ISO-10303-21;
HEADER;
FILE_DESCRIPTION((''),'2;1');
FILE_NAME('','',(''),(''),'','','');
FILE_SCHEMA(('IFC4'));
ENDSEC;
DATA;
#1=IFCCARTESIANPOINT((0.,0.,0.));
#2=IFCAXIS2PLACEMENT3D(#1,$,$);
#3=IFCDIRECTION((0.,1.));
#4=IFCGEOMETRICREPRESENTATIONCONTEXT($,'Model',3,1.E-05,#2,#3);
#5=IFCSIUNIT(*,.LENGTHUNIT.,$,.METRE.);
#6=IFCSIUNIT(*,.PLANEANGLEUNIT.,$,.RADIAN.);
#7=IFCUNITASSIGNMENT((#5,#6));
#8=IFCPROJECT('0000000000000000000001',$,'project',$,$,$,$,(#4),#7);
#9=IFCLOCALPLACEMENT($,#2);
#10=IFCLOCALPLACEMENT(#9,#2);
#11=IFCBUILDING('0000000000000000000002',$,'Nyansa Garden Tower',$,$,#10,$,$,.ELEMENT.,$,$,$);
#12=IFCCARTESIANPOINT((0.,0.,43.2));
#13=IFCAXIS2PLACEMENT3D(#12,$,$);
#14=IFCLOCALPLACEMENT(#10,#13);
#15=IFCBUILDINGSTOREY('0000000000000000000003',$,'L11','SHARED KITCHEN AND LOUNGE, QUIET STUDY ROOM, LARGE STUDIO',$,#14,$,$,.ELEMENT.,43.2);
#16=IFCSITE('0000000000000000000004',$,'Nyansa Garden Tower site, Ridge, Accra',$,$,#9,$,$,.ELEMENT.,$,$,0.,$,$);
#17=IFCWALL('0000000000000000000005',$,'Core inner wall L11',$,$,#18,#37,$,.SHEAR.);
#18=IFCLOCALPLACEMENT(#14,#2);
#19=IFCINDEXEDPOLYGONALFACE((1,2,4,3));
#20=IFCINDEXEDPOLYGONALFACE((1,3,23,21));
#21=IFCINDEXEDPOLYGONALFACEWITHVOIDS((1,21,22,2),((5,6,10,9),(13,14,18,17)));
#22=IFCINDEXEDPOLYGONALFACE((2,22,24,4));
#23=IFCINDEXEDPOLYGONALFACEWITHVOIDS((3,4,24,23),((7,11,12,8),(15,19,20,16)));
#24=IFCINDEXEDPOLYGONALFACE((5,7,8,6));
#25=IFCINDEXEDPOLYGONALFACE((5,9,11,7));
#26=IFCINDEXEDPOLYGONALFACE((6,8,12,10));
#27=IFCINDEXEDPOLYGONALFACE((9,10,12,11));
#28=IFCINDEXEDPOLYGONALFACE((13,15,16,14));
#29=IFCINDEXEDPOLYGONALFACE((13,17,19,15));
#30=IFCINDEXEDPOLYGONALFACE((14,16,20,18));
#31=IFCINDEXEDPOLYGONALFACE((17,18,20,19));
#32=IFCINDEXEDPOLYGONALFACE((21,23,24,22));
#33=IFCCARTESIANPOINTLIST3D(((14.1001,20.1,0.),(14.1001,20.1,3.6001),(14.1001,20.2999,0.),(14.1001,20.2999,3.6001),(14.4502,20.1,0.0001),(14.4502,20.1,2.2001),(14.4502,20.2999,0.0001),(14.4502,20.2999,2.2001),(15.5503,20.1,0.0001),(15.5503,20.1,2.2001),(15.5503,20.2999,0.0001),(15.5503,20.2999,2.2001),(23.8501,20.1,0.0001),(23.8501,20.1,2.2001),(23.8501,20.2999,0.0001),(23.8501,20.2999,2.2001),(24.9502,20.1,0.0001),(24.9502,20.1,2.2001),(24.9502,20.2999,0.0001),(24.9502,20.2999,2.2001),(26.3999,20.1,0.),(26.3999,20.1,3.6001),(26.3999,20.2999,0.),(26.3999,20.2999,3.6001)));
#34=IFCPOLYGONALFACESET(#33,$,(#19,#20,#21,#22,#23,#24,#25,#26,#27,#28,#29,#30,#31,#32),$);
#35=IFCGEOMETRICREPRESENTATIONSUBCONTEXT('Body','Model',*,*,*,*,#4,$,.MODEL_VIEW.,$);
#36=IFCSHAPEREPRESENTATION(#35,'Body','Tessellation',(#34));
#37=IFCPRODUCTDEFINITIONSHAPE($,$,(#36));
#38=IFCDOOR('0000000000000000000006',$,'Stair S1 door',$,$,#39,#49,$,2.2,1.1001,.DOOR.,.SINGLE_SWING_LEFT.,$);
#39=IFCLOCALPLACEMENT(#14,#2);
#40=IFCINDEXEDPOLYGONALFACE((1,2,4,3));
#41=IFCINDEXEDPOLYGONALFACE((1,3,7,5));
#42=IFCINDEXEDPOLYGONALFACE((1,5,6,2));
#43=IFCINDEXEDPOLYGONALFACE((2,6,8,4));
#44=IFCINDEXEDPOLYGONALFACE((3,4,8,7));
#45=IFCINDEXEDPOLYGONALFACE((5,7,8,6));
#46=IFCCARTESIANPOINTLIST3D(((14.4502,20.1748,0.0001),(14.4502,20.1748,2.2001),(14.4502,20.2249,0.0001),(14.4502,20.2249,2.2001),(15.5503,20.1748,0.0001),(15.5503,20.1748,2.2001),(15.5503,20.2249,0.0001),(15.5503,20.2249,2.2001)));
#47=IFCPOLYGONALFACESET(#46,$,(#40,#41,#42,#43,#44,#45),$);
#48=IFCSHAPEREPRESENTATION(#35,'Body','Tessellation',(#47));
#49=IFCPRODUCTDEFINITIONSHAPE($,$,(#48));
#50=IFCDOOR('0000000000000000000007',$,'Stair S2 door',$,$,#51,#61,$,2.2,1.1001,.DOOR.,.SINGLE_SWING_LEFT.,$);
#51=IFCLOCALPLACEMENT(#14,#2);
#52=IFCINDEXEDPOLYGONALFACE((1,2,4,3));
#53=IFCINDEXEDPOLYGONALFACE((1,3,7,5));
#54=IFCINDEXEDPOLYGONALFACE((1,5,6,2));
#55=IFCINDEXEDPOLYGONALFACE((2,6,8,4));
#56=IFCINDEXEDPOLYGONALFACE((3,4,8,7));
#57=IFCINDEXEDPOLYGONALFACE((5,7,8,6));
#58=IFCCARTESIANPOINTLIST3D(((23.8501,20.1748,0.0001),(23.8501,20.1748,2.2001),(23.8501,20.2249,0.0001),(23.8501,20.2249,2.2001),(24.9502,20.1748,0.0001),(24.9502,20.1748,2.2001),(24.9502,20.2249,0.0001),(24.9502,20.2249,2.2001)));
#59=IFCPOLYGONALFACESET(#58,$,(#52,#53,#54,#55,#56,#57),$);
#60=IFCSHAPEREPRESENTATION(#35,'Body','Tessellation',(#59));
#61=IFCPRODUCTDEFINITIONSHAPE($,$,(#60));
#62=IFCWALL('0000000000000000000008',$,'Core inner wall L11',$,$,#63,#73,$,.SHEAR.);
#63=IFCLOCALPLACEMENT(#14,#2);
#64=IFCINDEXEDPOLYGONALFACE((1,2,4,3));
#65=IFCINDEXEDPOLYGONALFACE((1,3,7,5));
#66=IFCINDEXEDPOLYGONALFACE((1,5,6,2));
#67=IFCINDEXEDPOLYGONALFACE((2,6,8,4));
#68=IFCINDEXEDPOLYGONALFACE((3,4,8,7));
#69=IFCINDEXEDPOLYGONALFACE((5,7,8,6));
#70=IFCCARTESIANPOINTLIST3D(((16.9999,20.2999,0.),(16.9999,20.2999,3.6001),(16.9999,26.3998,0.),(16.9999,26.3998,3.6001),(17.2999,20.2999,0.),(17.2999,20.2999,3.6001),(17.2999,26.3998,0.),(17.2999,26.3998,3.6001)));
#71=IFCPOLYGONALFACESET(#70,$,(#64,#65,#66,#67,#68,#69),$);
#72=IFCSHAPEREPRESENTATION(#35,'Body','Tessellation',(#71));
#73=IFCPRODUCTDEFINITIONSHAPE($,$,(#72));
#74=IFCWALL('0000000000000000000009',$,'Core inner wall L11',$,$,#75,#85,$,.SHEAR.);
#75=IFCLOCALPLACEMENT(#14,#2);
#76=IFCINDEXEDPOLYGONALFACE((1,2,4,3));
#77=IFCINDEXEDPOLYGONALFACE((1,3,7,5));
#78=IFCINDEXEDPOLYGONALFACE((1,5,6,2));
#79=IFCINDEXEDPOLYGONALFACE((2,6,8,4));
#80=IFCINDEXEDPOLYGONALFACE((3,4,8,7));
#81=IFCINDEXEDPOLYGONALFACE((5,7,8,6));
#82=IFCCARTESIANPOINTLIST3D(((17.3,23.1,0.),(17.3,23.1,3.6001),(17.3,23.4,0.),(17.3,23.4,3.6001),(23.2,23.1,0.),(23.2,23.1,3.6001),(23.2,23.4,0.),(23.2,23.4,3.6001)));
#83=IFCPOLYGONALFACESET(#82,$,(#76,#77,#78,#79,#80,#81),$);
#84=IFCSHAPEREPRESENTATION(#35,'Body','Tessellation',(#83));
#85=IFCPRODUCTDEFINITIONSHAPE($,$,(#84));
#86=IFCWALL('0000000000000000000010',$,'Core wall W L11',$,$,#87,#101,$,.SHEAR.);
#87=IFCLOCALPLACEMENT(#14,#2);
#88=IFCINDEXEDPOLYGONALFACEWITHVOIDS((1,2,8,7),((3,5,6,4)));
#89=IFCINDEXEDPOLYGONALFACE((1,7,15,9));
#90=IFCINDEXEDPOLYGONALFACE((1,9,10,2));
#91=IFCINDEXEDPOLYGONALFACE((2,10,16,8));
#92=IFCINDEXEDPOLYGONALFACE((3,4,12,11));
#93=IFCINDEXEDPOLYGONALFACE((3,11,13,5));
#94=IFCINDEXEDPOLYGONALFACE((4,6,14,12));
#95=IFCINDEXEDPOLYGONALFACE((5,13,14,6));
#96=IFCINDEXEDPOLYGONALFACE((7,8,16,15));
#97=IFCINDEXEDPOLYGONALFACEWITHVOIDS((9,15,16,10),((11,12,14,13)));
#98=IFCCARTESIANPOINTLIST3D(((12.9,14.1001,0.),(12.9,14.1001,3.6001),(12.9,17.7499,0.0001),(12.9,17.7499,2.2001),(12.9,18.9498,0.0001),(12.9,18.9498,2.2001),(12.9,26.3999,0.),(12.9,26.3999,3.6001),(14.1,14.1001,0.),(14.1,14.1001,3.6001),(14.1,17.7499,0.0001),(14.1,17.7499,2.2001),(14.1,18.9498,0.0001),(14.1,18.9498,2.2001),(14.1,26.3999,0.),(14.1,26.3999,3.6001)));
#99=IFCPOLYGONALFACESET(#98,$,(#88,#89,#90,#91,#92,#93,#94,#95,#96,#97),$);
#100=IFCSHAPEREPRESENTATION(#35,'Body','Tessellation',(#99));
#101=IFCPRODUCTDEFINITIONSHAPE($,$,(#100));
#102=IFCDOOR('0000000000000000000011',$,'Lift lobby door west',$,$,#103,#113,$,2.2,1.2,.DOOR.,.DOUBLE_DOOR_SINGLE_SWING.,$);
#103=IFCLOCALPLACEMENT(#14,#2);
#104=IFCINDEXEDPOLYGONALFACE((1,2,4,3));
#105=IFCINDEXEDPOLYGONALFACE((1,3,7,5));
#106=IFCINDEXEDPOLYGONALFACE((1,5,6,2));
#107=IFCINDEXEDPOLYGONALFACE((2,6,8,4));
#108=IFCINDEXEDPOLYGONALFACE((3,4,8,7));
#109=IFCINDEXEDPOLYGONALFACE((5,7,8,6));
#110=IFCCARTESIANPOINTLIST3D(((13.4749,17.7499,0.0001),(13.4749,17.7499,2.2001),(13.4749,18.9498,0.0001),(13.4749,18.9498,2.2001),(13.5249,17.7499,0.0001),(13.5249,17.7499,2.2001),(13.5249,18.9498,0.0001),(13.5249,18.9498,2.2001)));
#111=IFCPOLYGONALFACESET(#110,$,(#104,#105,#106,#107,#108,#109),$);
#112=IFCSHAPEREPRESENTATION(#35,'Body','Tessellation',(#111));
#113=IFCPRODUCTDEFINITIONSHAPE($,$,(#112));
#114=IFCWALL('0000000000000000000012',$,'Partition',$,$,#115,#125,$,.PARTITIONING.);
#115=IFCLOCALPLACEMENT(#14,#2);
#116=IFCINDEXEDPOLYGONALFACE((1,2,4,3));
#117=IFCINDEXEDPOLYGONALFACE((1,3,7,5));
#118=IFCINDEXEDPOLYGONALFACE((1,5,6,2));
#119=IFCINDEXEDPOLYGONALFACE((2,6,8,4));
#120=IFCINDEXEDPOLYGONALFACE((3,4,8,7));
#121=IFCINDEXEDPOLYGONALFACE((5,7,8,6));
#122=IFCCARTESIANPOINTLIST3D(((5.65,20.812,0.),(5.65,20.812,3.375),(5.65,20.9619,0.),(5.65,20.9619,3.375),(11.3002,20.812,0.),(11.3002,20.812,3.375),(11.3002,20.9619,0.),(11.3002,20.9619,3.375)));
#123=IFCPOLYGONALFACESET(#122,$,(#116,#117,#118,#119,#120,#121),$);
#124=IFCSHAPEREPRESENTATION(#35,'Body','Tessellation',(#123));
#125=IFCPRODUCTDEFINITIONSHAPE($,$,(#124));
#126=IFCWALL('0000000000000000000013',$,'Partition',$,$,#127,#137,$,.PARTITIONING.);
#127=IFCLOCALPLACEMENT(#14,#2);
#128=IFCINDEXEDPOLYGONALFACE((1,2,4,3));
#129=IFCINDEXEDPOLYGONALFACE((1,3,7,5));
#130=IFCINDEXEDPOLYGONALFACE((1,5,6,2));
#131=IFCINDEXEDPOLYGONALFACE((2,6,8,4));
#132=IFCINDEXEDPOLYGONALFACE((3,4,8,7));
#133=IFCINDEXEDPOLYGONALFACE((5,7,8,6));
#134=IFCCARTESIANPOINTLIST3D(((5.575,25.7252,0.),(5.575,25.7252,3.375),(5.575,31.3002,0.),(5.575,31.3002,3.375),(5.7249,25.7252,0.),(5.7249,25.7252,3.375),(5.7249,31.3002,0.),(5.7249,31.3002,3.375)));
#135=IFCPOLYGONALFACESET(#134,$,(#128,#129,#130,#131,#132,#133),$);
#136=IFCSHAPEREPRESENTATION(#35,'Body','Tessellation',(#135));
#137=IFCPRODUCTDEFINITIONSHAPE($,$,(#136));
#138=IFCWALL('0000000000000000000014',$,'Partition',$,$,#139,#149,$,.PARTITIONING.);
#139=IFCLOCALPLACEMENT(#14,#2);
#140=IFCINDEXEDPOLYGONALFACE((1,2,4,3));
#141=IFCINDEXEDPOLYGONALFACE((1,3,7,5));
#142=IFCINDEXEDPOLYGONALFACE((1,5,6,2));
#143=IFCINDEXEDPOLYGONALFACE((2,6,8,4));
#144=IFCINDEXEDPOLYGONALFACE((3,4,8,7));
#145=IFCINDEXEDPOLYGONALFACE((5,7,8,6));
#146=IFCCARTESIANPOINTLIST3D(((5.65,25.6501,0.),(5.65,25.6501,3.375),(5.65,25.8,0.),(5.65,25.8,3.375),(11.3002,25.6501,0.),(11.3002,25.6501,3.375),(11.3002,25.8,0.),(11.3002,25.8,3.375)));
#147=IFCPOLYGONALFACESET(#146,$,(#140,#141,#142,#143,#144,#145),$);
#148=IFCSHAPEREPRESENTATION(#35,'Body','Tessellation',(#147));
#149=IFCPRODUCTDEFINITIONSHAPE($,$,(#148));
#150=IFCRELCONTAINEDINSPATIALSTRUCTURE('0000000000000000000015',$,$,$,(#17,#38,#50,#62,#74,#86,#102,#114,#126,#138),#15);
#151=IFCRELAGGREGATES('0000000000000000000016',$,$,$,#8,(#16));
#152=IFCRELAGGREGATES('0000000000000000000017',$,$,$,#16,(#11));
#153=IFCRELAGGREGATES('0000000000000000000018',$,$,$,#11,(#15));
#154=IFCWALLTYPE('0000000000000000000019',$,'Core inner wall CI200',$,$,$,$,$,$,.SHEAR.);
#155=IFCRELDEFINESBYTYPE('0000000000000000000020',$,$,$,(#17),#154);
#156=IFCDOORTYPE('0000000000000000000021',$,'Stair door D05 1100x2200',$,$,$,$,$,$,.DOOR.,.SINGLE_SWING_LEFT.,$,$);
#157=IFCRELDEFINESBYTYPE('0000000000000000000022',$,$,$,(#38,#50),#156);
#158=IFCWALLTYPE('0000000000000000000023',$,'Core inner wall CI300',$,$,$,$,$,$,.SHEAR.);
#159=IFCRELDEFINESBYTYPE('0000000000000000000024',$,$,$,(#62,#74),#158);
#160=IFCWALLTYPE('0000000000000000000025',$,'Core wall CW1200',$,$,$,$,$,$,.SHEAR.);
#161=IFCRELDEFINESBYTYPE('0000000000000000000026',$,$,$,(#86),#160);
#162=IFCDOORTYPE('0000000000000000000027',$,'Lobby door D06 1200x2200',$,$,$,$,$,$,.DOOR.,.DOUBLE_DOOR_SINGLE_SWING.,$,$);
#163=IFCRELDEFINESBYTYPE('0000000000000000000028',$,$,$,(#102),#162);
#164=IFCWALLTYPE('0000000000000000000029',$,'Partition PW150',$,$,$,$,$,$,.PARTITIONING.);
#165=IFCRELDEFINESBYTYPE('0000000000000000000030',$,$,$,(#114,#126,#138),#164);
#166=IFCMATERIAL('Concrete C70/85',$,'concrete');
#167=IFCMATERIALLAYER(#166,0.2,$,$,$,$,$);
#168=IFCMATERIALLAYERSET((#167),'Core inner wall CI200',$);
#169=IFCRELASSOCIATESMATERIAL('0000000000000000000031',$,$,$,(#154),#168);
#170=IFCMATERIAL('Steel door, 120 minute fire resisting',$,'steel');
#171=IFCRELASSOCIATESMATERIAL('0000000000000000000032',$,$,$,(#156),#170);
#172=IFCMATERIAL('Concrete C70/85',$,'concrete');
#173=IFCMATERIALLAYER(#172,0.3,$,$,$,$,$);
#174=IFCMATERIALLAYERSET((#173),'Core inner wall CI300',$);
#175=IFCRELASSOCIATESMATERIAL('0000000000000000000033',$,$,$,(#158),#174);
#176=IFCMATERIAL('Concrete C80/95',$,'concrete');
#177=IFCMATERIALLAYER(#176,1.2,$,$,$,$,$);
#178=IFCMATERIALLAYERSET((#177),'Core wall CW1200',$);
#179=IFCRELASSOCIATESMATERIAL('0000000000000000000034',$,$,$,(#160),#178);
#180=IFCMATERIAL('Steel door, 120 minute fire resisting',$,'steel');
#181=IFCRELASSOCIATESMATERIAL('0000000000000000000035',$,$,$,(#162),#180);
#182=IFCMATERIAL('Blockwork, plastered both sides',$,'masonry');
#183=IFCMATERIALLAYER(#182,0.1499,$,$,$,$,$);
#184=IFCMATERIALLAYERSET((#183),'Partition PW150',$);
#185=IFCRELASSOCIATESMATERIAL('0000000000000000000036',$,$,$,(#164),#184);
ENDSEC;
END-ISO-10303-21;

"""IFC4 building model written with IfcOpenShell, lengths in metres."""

from ifc_helpers import new_model, si_unit, direction, frame, frame_2d, origin, place, context, subcontext, project, spatial, rectangle, extrude, material, layer, layer_set, type_object, element, fill, save


model = new_model("IFC4")

# Units and contexts
model_context = context("Model", 3, precision=1e-05, world=origin(), true_north=direction((0.0, 1.0)))
body_context = subcontext(model_context, "Body", "Model", "MODEL_VIEW")
ifc_project = project(units=[si_unit("LENGTHUNIT", "METRE"), si_unit("PLANEANGLEUNIT", "RADIAN")], contexts=[model_context])

# Site, building, storey
site_placement = place(None, origin())
site = spatial("IfcSite", under=ifc_project, at=site_placement, Name="Nyansa Garden Tower site, Ridge, Accra", CompositionType="ELEMENT", RefElevation=0.0)
building_placement = place(site_placement, origin())
building = spatial("IfcBuilding", under=site, at=building_placement, Name="Nyansa Garden Tower", CompositionType="ELEMENT")
storey_placement = place(building_placement, frame((0.0, 0.0, 43.2)))
storey = spatial("IfcBuildingStorey", under=building, at=storey_placement, Name="L11", Description="SHARED KITCHEN AND LOUNGE, QUIET STUDY ROOM, LARGE STUDIO", CompositionType="ELEMENT", Elevation=43.2)

# Wall, openings, doors
ifc_material_1 = material(Name="Concrete C70/85", Category="concrete")
ifc_layer_1 = layer(ifc_material_1, 0.2)
ifc_layer_set_1 = layer_set([ifc_layer_1], Name="Core inner wall CI200")
wall_type_1 = type_object("IfcWallType", Name="Core inner wall CI200", PredefinedType="SHEAR", material=ifc_layer_set_1)
wall_1_placement = place(storey_placement, frame((14.1001, 20.2, 0.0), z_axis=(0.0, 0.0, 1.0), x_axis=(1.0, 0.0, 0.0)))
wall_1 = element("IfcWall", 1, at=wall_1_placement, inside=storey, type_object=wall_type_1, Name="Core inner wall L11", PredefinedType="SHEAR", context=body_context, shape_type="SweptSolid", body=[
    extrude(rectangle(XDim=12.2998, YDim=0.2, at=frame_2d((6.1499, 0.0))), origin(), (0.0, 0.0, 1.0), 3.6001),
])
opening_1_placement = place(wall_1_placement, frame((0.3501, 0.0, 0.0)))
opening_1 = element("IfcOpeningElement", 2, at=opening_1_placement, cuts=wall_1, PredefinedType="OPENING", context=body_context, shape_type="SweptSolid", body=[
    extrude(rectangle(XDim=1.1001, YDim=2.2, at=frame_2d((0.55, 1.1001))), frame((0.0, 0.1099, 0.0), z_axis=(0.0, -1.0, 0.0), x_axis=(1.0, 0.0, 0.0)), (0.0, 0.0, 1.0), 0.22),
])
opening_2_placement = place(wall_1_placement, frame((9.75, 0.0, 0.0)))
opening_2 = element("IfcOpeningElement", 3, at=opening_2_placement, cuts=wall_1, PredefinedType="OPENING", context=body_context, shape_type="SweptSolid", body=[
    extrude(rectangle(XDim=1.1001, YDim=2.2, at=frame_2d((0.55, 1.1001))), frame((0.0, 0.1099, 0.0), z_axis=(0.0, -1.0, 0.0), x_axis=(1.0, 0.0, 0.0)), (0.0, 0.0, 1.0), 0.22),
])
ifc_material_2 = material(Name="Steel door, 120 minute fire resisting", Category="steel")
door_type_1 = type_object("IfcDoorType", Name="Stair door D05 1100x2200", OperationType="SINGLE_SWING_LEFT", PredefinedType="DOOR", material=ifc_material_2)
door_1_placement = place(opening_1_placement, origin())
door_1 = element("IfcDoor", 4, at=door_1_placement, inside=storey, type_object=door_type_1, Name="Stair S1 door", OperationType="SINGLE_SWING_LEFT", OverallHeight=2.2, OverallWidth=1.1001, PredefinedType="DOOR", context=body_context, shape_type="SweptSolid", body=[
    extrude(rectangle(XDim=1.1001, YDim=2.2, at=frame_2d((0.55, 1.1001))), frame((0.0, 0.0249, 0.0), z_axis=(0.0, -1.0, 0.0), x_axis=(1.0, 0.0, 0.0)), (0.0, 0.0, 1.0), 0.05),
])
fill(opening_1, door_1)
door_2_placement = place(opening_2_placement, origin())
door_2 = element("IfcDoor", 5, at=door_2_placement, inside=storey, type_object=door_type_1, Name="Stair S2 door", OperationType="SINGLE_SWING_LEFT", OverallHeight=2.2, OverallWidth=1.1001, PredefinedType="DOOR", context=body_context, shape_type="SweptSolid", body=[
    extrude(rectangle(XDim=1.1001, YDim=2.2, at=frame_2d((0.55, 1.1001))), frame((0.0, 0.0249, 0.0), z_axis=(0.0, -1.0, 0.0), x_axis=(1.0, 0.0, 0.0)), (0.0, 0.0, 1.0), 0.05),
])
fill(opening_2, door_2)

# Walls
ifc_material_3 = material(Name="Concrete C70/85", Category="concrete")
ifc_layer_2 = layer(ifc_material_3, 0.3)
ifc_layer_set_2 = layer_set([ifc_layer_2], Name="Core inner wall CI300")
wall_type_2 = type_object("IfcWallType", Name="Core inner wall CI300", PredefinedType="SHEAR", material=ifc_layer_set_2)
wall_2_placement = place(storey_placement, frame((17.1499, 20.3, 0.0), z_axis=(0.0, 0.0, 1.0), x_axis=(0.0, 1.0, 0.0)))
element("IfcWall", 6, at=wall_2_placement, inside=storey, type_object=wall_type_2, Name="Core inner wall L11", PredefinedType="SHEAR", context=body_context, shape_type="SweptSolid", body=[
    extrude(rectangle(XDim=6.0999, YDim=0.3, at=frame_2d((3.0498, 0.0))), origin(), (0.0, 0.0, 1.0), 3.6001),
])
wall_3_placement = place(storey_placement, frame((17.3, 23.25, 0.0), z_axis=(0.0, 0.0, 1.0), x_axis=(1.0, 0.0, 0.0)))
element("IfcWall", 7, at=wall_3_placement, inside=storey, type_object=wall_type_2, Name="Core inner wall L11", PredefinedType="SHEAR", context=body_context, shape_type="SweptSolid", body=[
    extrude(rectangle(XDim=5.8999, YDim=0.3, at=frame_2d((2.95, 0.0))), origin(), (0.0, 0.0, 1.0), 3.6001),
])

# Wall, opening, door
ifc_material_4 = material(Name="Concrete C80/95", Category="concrete")
ifc_layer_3 = layer(ifc_material_4, 1.2)
ifc_layer_set_3 = layer_set([ifc_layer_3], Name="Core wall CW1200")
wall_type_3 = type_object("IfcWallType", Name="Core wall CW1200", PredefinedType="SHEAR", material=ifc_layer_set_3)
wall_4_placement = place(storey_placement, frame((13.5, 26.3999, 0.0), z_axis=(0.0, 0.0, 1.0), x_axis=(0.0, -1.0, 0.0)))
wall_4 = element("IfcWall", 8, at=wall_4_placement, inside=storey, type_object=wall_type_3, Name="Core wall W L11", PredefinedType="SHEAR", context=body_context, shape_type="SweptSolid", body=[
    extrude(rectangle(XDim=12.2998, YDim=1.2, at=frame_2d((6.1499, 0.0))), origin(), (0.0, 0.0, 1.0), 3.6001),
])
opening_3_placement = place(wall_4_placement, frame((7.45, 0.0, 0.0)))
opening_3 = element("IfcOpeningElement", 9, at=opening_3_placement, cuts=wall_4, PredefinedType="OPENING", context=body_context, shape_type="SweptSolid", body=[
    extrude(rectangle(XDim=1.2, YDim=2.2, at=frame_2d((0.6001, 1.1001))), frame((0.0, 0.6099, 0.0), z_axis=(0.0, -1.0, 0.0), x_axis=(1.0, 0.0, 0.0)), (0.0, 0.0, 1.0), 1.22),
])
ifc_material_5 = material(Name="Steel door, 120 minute fire resisting", Category="steel")
door_type_2 = type_object("IfcDoorType", Name="Lobby door D06 1200x2200", OperationType="DOUBLE_DOOR_SINGLE_SWING", PredefinedType="DOOR", material=ifc_material_5)
door_3_placement = place(opening_3_placement, origin())
door_3 = element("IfcDoor", 10, at=door_3_placement, inside=storey, type_object=door_type_2, Name="Lift lobby door west", OperationType="DOUBLE_DOOR_SINGLE_SWING", OverallHeight=2.2, OverallWidth=1.2, PredefinedType="DOOR", context=body_context, shape_type="SweptSolid", body=[
    extrude(rectangle(XDim=1.2, YDim=2.2, at=frame_2d((0.6001, 1.1001))), frame((0.0, 0.0249, 0.0), z_axis=(0.0, -1.0, 0.0), x_axis=(1.0, 0.0, 0.0)), (0.0, 0.0, 1.0), 0.05),
])
fill(opening_3, door_3)

# Walls
ifc_material_6 = material(Name="Blockwork, plastered both sides", Category="masonry")
ifc_layer_4 = layer(ifc_material_6, 0.1499)
ifc_layer_set_4 = layer_set([ifc_layer_4], Name="Partition PW150")
wall_type_4 = type_object("IfcWallType", Name="Partition PW150", PredefinedType="PARTITIONING", material=ifc_layer_set_4)
wall_5_placement = place(storey_placement, frame((5.6499, 20.887, 0.0), z_axis=(0.0, 0.0, 1.0), x_axis=(1.0, 0.0, 0.0)))
element("IfcWall", 11, at=wall_5_placement, inside=storey, type_object=wall_type_4, Name="Partition", PredefinedType="PARTITIONING", context=body_context, shape_type="SweptSolid", body=[
    extrude(rectangle(XDim=5.6501, YDim=0.1499, at=frame_2d((2.8252, 0.0))), origin(), (0.0, 0.0, 1.0), 3.375),
])
wall_6_placement = place(storey_placement, frame((5.6499, 25.7251, 0.0), z_axis=(0.0, 0.0, 1.0), x_axis=(0.0, 1.0, 0.0)))
element("IfcWall", 12, at=wall_6_placement, inside=storey, type_object=wall_type_4, Name="Partition", PredefinedType="PARTITIONING", context=body_context, shape_type="SweptSolid", body=[
    extrude(rectangle(XDim=5.575, YDim=0.1499, at=frame_2d((2.7876, 0.0))), origin(), (0.0, 0.0, 1.0), 3.375),
])
wall_7_placement = place(storey_placement, frame((5.6499, 25.7251, 0.0), z_axis=(0.0, 0.0, 1.0), x_axis=(1.0, 0.0, 0.0)))
element("IfcWall", 13, at=wall_7_placement, inside=storey, type_object=wall_type_4, Name="Partition", PredefinedType="PARTITIONING", context=body_context, shape_type="SweptSolid", body=[
    extrude(rectangle(XDim=5.6501, YDim=0.1499, at=frame_2d((2.8252, 0.0))), origin(), (0.0, 0.0, 1.0), 3.375),
])

save(model, "model.ifc")
